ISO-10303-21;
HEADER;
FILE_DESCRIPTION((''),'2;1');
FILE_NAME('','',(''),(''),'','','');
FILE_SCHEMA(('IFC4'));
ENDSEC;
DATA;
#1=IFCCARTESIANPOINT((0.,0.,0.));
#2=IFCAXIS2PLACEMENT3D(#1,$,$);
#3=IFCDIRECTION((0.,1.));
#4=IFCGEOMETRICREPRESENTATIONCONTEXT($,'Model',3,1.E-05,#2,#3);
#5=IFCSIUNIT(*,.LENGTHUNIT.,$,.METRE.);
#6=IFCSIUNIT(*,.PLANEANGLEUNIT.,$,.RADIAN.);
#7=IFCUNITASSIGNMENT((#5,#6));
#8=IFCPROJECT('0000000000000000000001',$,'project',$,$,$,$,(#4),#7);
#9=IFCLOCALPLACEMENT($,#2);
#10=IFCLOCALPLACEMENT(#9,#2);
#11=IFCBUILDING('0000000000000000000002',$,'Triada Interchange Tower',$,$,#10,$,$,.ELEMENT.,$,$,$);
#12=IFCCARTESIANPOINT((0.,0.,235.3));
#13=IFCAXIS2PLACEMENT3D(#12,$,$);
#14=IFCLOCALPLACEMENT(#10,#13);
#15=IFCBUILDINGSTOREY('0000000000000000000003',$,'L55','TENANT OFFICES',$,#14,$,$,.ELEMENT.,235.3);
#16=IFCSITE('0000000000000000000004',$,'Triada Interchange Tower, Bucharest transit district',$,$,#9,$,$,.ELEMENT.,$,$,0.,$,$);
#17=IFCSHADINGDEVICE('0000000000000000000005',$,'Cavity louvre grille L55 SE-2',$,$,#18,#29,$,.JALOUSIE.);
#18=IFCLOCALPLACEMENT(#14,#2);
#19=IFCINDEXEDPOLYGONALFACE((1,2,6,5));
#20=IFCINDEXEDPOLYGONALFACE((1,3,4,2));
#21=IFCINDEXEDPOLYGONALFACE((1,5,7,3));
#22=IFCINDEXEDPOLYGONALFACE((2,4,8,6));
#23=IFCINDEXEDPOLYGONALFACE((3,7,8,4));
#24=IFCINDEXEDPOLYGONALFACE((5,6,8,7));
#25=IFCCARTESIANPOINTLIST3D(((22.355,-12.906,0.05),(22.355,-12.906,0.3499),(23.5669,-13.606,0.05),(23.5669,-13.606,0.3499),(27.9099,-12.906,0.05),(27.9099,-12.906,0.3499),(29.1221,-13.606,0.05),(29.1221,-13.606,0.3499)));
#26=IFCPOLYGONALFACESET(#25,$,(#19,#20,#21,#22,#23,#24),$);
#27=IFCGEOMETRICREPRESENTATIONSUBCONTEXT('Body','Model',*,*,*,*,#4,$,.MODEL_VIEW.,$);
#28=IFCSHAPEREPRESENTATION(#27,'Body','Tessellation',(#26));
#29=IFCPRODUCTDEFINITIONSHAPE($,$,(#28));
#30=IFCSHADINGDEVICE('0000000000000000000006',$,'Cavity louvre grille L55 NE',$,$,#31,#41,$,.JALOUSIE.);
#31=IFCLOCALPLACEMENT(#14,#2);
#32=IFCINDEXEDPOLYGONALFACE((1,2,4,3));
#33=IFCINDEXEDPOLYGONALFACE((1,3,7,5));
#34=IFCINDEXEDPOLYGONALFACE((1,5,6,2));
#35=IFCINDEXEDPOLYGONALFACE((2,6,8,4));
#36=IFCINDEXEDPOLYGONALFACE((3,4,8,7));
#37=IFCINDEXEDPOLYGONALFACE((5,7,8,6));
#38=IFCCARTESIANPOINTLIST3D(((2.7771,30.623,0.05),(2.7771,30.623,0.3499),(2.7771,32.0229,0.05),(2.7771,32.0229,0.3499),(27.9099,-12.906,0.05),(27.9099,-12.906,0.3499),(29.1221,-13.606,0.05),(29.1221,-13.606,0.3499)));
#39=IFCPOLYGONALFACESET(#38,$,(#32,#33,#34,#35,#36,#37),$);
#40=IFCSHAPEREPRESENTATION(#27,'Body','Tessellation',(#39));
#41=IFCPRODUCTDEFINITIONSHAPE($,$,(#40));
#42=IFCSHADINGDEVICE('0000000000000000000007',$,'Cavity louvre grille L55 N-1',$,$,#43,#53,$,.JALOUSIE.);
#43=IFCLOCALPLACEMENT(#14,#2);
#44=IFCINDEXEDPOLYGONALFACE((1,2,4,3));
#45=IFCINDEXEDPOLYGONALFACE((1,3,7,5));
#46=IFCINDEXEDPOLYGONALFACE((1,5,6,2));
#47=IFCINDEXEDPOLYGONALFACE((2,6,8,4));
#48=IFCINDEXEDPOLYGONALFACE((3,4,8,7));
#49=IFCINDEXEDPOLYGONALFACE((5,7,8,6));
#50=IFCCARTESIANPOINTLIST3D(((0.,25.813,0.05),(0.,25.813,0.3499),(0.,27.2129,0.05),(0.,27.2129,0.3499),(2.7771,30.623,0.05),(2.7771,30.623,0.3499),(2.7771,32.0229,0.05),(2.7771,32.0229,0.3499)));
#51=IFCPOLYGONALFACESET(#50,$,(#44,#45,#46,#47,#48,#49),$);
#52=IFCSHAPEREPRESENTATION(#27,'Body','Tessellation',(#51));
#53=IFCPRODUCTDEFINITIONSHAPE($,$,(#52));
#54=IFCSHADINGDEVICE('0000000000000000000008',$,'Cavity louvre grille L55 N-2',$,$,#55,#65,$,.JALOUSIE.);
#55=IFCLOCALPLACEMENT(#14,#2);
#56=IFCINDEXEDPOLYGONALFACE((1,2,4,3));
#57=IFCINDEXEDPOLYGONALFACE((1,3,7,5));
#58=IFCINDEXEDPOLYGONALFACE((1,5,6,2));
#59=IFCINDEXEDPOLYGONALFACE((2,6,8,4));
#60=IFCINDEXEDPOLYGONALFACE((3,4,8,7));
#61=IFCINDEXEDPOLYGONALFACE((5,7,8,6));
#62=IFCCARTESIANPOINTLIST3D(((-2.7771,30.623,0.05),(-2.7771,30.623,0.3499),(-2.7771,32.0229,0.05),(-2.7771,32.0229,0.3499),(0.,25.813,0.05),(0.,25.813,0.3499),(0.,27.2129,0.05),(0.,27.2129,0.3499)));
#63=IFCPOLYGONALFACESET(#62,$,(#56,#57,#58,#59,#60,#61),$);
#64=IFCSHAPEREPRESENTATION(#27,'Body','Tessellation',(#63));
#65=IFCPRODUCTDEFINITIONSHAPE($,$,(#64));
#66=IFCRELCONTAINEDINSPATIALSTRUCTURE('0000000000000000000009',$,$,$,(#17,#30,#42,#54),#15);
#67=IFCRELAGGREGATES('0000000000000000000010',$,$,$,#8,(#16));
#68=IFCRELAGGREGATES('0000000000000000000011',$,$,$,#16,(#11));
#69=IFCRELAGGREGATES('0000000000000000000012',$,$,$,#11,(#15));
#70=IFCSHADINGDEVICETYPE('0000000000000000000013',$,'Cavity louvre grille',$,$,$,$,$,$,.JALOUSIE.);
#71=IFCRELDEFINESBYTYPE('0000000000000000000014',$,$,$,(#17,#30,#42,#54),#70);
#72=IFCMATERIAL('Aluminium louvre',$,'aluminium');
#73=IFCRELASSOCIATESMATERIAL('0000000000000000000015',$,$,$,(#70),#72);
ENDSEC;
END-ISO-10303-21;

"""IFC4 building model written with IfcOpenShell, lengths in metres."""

from ifc_helpers import new_model, si_unit, direction, frame, origin, place, context, subcontext, project, spatial, polyline, outline, extrude, material, type_object, element, save


model = new_model("IFC4")

# Units and contexts
model_context = context("Model", 3, precision=1e-05, world=origin(), true_north=direction((0.0, 1.0)))
body_context = subcontext(model_context, "Body", "Model", "MODEL_VIEW")
ifc_project = project(units=[si_unit("LENGTHUNIT", "METRE"), si_unit("PLANEANGLEUNIT", "RADIAN")], contexts=[model_context])

# Site, building, storey
site_placement = place(None, origin())
site = spatial("IfcSite", under=ifc_project, at=site_placement, Name="Triada Interchange Tower, Bucharest transit district", CompositionType="ELEMENT", RefElevation=0.0)
building_placement = place(site_placement, origin())
building = spatial("IfcBuilding", under=site, at=building_placement, Name="Triada Interchange Tower", CompositionType="ELEMENT")
storey_placement = place(building_placement, frame((0.0, 0.0, 235.3)))
storey = spatial("IfcBuildingStorey", under=building, at=storey_placement, Name="L55", Description="TENANT OFFICES", CompositionType="ELEMENT", Elevation=235.3)

# Shading devices
ifc_material_1 = material(Name="Aluminium louvre", Category="aluminium")
shading_device_type = type_object("IfcShadingDeviceType", Name="Cavity louvre grille", PredefinedType="JALOUSIE", material=ifc_material_1)
shading_device_1_placement = place(storey_placement, frame((0.0, 0.0, 0.05)))
element("IfcShadingDevice", 1, at=shading_device_1_placement, inside=storey, type_object=shading_device_type, Name="Cavity louvre grille L55 SE-2", PredefinedType="JALOUSIE", context=body_context, shape_type="SweptSolid", body=[
    extrude(outline(polyline([(22.355, -12.906), (23.5669, -13.606), (29.1221, -13.606), (27.9099, -12.906), (22.355, -12.906)])), origin(), (0.0, 0.0, 1.0), 0.2998),
])
shading_device_2_placement = place(storey_placement, frame((0.0, 0.0, 0.05)))
element("IfcShadingDevice", 2, at=shading_device_2_placement, inside=storey, type_object=shading_device_type, Name="Cavity louvre grille L55 NE", PredefinedType="JALOUSIE", context=body_context, shape_type="SweptSolid", body=[
    extrude(outline(polyline([(27.9099, -12.906), (29.1221, -13.606), (2.7771, 32.0229), (2.7771, 30.623), (27.9099, -12.906)])), origin(), (0.0, 0.0, 1.0), 0.2998),
])
shading_device_3_placement = place(storey_placement, frame((0.0, 0.0, 0.05)))
element("IfcShadingDevice", 3, at=shading_device_3_placement, inside=storey, type_object=shading_device_type, Name="Cavity louvre grille L55 N-1", PredefinedType="JALOUSIE", context=body_context, shape_type="SweptSolid", body=[
    extrude(outline(polyline([(2.7771, 30.623), (2.7771, 32.0229), (0.0, 27.2129), (0.0, 25.813), (2.7771, 30.623)])), origin(), (0.0, 0.0, 1.0), 0.2998),
])
shading_device_4_placement = place(storey_placement, frame((0.0, 0.0, 0.05)))
element("IfcShadingDevice", 4, at=shading_device_4_placement, inside=storey, type_object=shading_device_type, Name="Cavity louvre grille L55 N-2", PredefinedType="JALOUSIE", context=body_context, shape_type="SweptSolid", body=[
    extrude(outline(polyline([(0.0, 25.813), (0.0, 27.2129), (-2.7771, 32.0229), (-2.7771, 30.623), (0.0, 25.813)])), origin(), (0.0, 0.0, 1.0), 0.2998),
])

save(model, "model.ifc")
